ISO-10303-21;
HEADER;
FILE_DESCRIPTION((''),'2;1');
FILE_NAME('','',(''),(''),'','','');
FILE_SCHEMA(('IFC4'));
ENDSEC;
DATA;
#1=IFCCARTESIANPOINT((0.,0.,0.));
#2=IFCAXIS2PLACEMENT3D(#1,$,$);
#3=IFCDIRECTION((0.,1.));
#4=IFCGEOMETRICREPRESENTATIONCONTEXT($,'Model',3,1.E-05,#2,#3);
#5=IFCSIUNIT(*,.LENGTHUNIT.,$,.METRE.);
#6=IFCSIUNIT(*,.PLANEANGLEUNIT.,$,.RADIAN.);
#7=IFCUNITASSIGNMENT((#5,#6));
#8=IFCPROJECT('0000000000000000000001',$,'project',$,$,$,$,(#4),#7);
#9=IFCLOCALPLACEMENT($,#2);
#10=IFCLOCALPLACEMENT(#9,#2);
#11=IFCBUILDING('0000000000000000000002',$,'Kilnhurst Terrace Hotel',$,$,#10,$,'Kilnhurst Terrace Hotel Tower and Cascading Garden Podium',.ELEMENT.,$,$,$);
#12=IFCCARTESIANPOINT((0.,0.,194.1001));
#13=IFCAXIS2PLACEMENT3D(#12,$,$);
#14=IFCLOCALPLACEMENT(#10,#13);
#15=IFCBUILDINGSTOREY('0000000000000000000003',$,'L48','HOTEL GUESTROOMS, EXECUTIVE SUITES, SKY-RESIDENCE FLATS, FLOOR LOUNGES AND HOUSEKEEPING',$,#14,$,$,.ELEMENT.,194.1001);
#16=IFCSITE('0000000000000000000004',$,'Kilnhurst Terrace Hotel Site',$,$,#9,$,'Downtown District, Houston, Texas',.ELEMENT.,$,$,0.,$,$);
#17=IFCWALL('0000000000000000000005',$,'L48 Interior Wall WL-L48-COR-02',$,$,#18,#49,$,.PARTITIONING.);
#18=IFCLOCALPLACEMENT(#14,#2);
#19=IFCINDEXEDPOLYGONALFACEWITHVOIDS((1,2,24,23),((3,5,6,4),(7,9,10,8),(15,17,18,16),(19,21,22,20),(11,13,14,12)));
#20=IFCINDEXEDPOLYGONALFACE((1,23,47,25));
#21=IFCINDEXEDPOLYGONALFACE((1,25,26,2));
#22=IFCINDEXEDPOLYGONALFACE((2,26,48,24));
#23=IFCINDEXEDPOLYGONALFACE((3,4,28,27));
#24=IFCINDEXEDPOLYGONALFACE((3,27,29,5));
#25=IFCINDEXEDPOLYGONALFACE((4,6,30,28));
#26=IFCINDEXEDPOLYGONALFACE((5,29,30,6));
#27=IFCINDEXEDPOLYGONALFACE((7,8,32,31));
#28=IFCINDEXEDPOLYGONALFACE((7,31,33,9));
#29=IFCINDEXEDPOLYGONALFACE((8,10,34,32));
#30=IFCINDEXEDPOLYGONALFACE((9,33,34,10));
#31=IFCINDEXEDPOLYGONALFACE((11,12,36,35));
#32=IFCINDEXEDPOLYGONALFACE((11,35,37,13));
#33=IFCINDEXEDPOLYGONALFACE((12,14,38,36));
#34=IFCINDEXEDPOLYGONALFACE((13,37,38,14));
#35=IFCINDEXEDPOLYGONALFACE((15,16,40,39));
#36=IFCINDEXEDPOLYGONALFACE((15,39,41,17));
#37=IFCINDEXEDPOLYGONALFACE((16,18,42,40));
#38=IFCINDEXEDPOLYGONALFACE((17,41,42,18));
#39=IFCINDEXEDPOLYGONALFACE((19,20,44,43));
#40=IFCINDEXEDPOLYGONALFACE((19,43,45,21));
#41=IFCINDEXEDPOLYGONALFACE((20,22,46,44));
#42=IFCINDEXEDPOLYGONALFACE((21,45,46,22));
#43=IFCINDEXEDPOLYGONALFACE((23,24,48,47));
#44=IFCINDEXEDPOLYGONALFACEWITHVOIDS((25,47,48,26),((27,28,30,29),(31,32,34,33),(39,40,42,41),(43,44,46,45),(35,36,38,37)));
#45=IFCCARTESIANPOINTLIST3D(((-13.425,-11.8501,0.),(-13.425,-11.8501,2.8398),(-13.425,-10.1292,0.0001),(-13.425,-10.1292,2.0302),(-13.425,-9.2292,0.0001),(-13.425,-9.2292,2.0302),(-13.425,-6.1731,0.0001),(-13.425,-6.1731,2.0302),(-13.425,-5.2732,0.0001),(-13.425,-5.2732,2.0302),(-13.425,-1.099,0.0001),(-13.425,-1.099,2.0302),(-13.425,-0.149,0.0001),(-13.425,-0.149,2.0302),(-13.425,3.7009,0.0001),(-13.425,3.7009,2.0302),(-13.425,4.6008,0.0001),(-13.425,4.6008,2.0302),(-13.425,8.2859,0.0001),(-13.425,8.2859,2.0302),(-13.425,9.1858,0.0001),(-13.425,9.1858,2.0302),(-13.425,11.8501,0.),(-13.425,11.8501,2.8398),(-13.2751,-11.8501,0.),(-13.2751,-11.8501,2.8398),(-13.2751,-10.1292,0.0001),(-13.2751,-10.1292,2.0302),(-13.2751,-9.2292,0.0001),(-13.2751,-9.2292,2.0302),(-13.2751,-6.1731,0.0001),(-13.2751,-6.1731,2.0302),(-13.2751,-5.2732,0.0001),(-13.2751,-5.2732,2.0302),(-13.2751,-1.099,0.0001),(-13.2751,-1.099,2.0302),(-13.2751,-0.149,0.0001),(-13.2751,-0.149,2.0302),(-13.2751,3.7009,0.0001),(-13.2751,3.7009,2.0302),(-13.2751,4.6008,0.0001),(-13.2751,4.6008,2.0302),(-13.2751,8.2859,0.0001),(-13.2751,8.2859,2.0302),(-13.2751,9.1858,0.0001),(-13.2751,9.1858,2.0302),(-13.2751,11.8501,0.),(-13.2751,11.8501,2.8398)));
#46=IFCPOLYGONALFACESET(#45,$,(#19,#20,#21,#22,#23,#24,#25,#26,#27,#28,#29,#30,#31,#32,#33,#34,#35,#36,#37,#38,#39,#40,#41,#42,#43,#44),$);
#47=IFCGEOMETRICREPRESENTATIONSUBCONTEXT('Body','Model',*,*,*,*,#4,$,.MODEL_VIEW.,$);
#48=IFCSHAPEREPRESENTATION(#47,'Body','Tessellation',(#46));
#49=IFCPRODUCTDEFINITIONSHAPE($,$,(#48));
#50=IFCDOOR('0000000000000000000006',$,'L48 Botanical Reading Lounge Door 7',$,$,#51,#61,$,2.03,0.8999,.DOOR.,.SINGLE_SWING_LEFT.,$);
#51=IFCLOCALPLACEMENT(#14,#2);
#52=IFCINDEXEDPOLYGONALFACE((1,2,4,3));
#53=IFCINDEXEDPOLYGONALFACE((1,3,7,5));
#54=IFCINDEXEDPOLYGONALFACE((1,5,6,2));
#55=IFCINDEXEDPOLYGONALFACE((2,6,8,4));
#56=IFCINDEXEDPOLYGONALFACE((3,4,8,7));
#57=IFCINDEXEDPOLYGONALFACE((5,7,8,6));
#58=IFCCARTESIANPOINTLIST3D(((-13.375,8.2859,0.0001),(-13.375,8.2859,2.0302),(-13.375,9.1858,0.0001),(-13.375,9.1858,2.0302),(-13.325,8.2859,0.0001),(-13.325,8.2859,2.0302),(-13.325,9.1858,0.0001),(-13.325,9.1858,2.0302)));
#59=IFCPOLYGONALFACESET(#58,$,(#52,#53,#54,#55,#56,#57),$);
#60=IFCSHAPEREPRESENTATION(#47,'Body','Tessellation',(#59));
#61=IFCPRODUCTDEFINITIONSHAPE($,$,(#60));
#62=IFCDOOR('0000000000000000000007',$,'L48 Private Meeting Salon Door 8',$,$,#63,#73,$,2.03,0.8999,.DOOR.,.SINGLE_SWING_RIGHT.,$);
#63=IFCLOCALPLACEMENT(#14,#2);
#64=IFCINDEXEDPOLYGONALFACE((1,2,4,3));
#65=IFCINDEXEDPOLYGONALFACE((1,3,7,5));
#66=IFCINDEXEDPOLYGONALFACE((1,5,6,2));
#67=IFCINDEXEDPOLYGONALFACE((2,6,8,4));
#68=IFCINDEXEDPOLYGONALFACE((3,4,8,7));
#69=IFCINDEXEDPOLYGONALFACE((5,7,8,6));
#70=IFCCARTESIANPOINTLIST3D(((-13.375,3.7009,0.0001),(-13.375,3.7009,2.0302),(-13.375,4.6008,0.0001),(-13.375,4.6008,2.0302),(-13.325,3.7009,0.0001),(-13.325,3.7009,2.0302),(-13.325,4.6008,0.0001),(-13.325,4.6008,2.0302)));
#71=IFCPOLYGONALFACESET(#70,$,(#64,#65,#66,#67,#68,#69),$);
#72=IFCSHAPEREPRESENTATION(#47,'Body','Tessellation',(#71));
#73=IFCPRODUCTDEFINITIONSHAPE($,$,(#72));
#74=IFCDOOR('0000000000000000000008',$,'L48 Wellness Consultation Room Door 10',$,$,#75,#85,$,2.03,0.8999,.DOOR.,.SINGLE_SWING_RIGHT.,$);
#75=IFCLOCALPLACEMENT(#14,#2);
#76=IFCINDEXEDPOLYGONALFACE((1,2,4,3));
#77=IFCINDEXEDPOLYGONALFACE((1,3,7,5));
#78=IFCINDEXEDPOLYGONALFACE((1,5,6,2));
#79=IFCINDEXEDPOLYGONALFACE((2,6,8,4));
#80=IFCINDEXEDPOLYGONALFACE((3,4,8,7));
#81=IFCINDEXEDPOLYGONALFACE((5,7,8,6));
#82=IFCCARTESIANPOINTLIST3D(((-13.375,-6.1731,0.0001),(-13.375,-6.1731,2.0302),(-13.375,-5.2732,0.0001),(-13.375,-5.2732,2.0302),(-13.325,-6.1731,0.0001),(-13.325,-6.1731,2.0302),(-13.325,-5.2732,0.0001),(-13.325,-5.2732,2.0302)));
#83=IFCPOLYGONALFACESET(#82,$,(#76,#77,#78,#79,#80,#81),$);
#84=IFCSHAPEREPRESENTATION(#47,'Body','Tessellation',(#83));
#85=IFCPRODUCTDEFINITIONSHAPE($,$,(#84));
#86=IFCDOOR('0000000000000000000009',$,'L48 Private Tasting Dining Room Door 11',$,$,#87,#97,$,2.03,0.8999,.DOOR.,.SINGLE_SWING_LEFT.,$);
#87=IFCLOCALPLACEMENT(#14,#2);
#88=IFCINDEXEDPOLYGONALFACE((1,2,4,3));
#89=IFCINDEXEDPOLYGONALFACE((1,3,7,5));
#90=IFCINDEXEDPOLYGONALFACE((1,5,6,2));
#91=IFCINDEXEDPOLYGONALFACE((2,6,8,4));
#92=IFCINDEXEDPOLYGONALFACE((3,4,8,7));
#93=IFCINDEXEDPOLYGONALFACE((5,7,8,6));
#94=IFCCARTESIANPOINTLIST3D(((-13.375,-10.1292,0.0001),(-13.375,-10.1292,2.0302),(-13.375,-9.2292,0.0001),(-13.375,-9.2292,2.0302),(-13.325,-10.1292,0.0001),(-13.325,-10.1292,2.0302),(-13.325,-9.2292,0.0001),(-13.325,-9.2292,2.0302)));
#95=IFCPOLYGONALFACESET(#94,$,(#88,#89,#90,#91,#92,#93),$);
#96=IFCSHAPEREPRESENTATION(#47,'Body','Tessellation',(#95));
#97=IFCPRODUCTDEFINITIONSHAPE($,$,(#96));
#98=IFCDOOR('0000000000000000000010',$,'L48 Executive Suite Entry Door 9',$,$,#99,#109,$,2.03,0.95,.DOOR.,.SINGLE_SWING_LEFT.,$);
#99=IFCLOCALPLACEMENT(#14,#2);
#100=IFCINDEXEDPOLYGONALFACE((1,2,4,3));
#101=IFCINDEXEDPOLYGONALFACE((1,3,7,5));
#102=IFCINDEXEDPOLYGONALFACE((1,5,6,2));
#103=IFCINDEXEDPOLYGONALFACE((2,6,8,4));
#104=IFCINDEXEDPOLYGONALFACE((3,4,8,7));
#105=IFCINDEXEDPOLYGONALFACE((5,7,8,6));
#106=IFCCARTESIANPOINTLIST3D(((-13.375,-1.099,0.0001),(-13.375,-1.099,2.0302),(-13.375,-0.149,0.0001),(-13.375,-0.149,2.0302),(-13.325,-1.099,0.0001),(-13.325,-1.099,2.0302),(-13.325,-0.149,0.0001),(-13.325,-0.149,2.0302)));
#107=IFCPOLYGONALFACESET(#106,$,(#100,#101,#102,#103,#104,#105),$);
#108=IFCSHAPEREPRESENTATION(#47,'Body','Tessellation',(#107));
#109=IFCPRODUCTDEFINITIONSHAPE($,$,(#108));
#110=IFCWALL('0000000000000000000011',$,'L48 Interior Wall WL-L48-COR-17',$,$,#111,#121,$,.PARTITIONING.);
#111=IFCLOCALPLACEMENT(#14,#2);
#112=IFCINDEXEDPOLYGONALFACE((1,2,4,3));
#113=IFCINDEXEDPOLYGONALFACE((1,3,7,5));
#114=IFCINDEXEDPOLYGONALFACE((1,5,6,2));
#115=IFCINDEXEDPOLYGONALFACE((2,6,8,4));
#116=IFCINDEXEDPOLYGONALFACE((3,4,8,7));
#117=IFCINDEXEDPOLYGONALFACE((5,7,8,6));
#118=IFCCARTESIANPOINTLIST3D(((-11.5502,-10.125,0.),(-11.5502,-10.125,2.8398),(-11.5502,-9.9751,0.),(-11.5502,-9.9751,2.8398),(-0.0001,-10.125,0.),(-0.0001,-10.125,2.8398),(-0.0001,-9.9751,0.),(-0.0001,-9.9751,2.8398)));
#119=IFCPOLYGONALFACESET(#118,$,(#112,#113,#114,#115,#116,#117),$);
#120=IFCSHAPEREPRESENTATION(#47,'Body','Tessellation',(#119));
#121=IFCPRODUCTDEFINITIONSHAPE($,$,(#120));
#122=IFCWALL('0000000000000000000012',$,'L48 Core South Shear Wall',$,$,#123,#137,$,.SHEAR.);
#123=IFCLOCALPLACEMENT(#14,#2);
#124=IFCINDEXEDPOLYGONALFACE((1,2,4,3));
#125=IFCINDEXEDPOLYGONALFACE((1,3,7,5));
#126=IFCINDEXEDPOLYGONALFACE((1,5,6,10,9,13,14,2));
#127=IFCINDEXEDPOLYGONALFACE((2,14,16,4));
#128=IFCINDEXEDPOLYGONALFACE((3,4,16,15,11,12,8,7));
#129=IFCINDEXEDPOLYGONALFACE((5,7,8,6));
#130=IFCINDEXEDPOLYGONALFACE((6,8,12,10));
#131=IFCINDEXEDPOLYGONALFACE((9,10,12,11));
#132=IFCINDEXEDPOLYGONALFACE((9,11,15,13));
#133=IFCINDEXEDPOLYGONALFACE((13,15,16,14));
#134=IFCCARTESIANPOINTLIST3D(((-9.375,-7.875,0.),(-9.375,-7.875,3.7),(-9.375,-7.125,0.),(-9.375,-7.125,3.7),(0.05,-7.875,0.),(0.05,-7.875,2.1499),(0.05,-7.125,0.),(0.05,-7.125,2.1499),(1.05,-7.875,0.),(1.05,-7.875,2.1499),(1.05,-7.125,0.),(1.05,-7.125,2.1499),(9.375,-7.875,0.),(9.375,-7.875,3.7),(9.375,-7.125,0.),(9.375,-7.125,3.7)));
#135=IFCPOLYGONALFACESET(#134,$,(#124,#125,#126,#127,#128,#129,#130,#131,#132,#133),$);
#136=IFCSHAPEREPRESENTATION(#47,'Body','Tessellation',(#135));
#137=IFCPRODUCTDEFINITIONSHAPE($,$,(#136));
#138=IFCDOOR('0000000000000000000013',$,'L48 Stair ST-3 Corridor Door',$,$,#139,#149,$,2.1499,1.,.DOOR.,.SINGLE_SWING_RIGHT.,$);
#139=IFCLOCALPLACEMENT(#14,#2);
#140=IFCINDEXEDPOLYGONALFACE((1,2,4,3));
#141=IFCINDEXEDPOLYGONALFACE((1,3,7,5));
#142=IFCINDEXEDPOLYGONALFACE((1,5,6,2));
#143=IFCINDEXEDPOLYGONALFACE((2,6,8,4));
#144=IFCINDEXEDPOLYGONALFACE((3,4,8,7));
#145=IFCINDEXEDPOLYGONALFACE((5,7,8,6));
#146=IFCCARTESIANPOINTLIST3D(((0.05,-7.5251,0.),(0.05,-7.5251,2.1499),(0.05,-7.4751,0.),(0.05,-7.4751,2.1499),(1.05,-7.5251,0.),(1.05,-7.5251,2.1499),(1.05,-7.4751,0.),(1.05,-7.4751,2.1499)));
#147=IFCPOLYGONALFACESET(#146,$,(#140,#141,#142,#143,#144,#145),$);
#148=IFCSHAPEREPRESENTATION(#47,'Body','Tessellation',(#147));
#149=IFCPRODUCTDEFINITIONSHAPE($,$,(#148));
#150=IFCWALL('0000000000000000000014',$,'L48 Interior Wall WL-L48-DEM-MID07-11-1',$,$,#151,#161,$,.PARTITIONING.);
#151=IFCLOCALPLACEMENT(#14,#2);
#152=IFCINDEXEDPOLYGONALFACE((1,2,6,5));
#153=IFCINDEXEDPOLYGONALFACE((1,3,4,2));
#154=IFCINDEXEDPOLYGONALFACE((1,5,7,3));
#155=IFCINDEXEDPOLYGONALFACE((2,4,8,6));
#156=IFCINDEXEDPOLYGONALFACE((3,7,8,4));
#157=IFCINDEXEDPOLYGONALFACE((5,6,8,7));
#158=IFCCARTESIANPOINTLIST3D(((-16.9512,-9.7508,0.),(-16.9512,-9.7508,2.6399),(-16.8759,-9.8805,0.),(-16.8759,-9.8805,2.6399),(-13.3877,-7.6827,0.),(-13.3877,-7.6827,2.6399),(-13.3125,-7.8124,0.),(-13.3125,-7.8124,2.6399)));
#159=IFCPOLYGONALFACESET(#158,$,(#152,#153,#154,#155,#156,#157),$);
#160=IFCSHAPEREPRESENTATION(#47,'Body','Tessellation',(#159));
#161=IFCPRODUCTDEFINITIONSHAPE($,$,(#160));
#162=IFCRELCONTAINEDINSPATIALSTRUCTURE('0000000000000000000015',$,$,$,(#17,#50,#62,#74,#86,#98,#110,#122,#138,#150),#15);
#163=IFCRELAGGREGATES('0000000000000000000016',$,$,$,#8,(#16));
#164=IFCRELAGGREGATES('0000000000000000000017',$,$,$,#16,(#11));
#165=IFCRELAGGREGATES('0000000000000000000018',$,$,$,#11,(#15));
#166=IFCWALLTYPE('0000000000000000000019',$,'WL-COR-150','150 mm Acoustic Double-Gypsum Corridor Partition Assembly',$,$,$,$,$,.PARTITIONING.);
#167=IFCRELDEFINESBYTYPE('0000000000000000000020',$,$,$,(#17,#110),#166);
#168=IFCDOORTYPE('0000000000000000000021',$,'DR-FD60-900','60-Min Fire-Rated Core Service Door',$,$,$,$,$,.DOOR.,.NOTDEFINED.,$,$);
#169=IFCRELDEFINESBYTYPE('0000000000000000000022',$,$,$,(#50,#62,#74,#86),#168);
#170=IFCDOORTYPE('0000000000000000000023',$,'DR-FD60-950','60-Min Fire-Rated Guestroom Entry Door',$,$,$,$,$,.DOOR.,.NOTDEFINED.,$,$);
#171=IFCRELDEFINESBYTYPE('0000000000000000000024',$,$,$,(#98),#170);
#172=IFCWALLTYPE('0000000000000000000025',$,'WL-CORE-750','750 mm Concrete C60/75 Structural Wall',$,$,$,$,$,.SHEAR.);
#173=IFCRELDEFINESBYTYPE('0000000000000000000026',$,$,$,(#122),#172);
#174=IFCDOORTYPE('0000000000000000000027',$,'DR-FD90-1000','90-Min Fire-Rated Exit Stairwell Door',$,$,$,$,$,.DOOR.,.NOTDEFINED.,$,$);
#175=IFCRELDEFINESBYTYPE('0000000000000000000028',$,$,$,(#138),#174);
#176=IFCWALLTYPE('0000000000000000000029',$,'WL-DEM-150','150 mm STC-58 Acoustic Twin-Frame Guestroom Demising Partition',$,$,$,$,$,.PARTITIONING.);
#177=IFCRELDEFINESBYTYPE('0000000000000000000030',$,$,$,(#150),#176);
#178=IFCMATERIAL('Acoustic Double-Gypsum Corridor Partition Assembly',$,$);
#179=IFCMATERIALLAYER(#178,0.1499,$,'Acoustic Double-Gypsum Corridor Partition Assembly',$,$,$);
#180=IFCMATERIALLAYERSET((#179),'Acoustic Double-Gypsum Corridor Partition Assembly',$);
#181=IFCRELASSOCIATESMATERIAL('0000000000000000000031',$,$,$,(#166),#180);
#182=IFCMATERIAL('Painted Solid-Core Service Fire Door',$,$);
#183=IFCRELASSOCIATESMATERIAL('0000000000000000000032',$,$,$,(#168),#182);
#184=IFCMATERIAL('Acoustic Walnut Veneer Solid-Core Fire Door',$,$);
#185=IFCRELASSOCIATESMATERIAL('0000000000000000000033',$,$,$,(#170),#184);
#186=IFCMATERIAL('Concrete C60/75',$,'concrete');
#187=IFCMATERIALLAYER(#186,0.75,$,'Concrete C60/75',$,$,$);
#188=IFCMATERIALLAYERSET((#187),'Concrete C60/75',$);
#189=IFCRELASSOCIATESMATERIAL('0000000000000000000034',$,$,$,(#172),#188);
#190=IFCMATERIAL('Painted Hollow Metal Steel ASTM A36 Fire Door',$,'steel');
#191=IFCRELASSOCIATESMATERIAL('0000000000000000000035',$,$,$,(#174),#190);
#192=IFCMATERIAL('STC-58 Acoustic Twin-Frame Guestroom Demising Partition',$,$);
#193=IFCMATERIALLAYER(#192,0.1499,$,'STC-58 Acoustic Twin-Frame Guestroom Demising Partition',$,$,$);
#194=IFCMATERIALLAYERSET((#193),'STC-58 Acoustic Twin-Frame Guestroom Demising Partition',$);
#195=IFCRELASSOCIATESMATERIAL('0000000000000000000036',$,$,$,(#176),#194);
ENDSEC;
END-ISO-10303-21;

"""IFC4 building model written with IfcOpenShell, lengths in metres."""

from ifc_helpers import new_model, si_unit, direction, frame, frame_2d, origin, place, context, subcontext, project, spatial, rectangle, extrude, material, layer, layer_set, type_object, element, fill, save


model = new_model("IFC4")

# Units and contexts
model_context = context("Model", 3, precision=1e-05, world=origin(), true_north=direction((0.0, 1.0)))
body_context = subcontext(model_context, "Body", "Model", "MODEL_VIEW")
ifc_project = project(units=[si_unit("LENGTHUNIT", "METRE"), si_unit("PLANEANGLEUNIT", "RADIAN")], contexts=[model_context])

# Site, building, storey
site_placement = place(None, origin())
site = spatial("IfcSite", under=ifc_project, at=site_placement, Name="Kilnhurst Terrace Hotel Site", LongName="Downtown District, Houston, Texas", CompositionType="ELEMENT", RefElevation=0.0)
building_placement = place(site_placement, origin())
building = spatial("IfcBuilding", under=site, at=building_placement, Name="Kilnhurst Terrace Hotel", LongName="Kilnhurst Terrace Hotel Tower and Cascading Garden Podium", CompositionType="ELEMENT")
storey_placement = place(building_placement, frame((0.0, 0.0, 194.1001)))
storey = spatial("IfcBuildingStorey", under=building, at=storey_placement, Name="L48", Description="HOTEL GUESTROOMS, EXECUTIVE SUITES, SKY-RESIDENCE FLATS, FLOOR LOUNGES AND HOUSEKEEPING", CompositionType="ELEMENT", Elevation=194.1001)

# Wall, openings, doors
ifc_material_1 = material(Name="Acoustic Double-Gypsum Corridor Partition Assembly")
ifc_layer_1 = layer(ifc_material_1, 0.1499, Name="Acoustic Double-Gypsum Corridor Partition Assembly")
ifc_layer_set_1 = layer_set([ifc_layer_1], Name="Acoustic Double-Gypsum Corridor Partition Assembly")
wall_type_1 = type_object("IfcWallType", Name="WL-COR-150", Description="150 mm Acoustic Double-Gypsum Corridor Partition Assembly", PredefinedType="PARTITIONING", material=ifc_layer_set_1)
wall_1_placement = place(storey_placement, frame((-13.3501, -11.8501, 0.0), z_axis=(0.0, 0.0, 1.0), x_axis=(0.0, 1.0, 0.0)))
wall_1 = element("IfcWall", 1, at=wall_1_placement, inside=storey, type_object=wall_type_1, Name="L48 Interior Wall WL-L48-COR-02", PredefinedType="PARTITIONING", context=body_context, shape_type="SweptSolid", body=[
    extrude(rectangle(XDim=23.7002, YDim=0.1499, at=frame_2d((11.8501, 0.0))), origin(), (0.0, 0.0, 1.0), 2.8398),
])
opening_1_placement = place(wall_1_placement, frame((20.136, 0.0, 0.0)))
opening_1 = element("IfcOpeningElement", 2, at=opening_1_placement, cuts=wall_1, PredefinedType="OPENING", context=body_context, shape_type="SweptSolid", body=[
    extrude(rectangle(XDim=0.8999, YDim=2.03, at=frame_2d((0.45, 1.0151))), frame((0.0, 0.085, 0.0), z_axis=(0.0, -1.0, 0.0), x_axis=(1.0, 0.0, 0.0)), (0.0, 0.0, 1.0), 0.1699),
])
opening_2_placement = place(wall_1_placement, frame((15.551, 0.0, 0.0)))
opening_2 = element("IfcOpeningElement", 3, at=opening_2_placement, cuts=wall_1, PredefinedType="OPENING", context=body_context, shape_type="SweptSolid", body=[
    extrude(rectangle(XDim=0.8999, YDim=2.03, at=frame_2d((0.45, 1.0151))), frame((0.0, 0.085, 0.0), z_axis=(0.0, -1.0, 0.0), x_axis=(1.0, 0.0, 0.0)), (0.0, 0.0, 1.0), 0.1699),
])
opening_3_placement = place(wall_1_placement, frame((10.751, 0.0, 0.0)))
opening_3 = element("IfcOpeningElement", 4, at=opening_3_placement, cuts=wall_1, PredefinedType="OPENING", context=body_context, shape_type="SweptSolid", body=[
    extrude(rectangle(XDim=0.95, YDim=2.03, at=frame_2d((0.4751, 1.0151))), frame((0.0, 0.085, 0.0), z_axis=(0.0, -1.0, 0.0), x_axis=(1.0, 0.0, 0.0)), (0.0, 0.0, 1.0), 0.1699),
])
opening_4_placement = place(wall_1_placement, frame((5.677, 0.0, 0.0)))
opening_4 = element("IfcOpeningElement", 5, at=opening_4_placement, cuts=wall_1, PredefinedType="OPENING", context=body_context, shape_type="SweptSolid", body=[
    extrude(rectangle(XDim=0.8999, YDim=2.03, at=frame_2d((0.45, 1.0151))), frame((0.0, 0.085, 0.0), z_axis=(0.0, -1.0, 0.0), x_axis=(1.0, 0.0, 0.0)), (0.0, 0.0, 1.0), 0.1699),
])
opening_5_placement = place(wall_1_placement, frame((1.7209, 0.0, 0.0)))
opening_5 = element("IfcOpeningElement", 6, at=opening_5_placement, cuts=wall_1, PredefinedType="OPENING", context=body_context, shape_type="SweptSolid", body=[
    extrude(rectangle(XDim=0.8999, YDim=2.03, at=frame_2d((0.45, 1.0151))), frame((0.0, 0.085, 0.0), z_axis=(0.0, -1.0, 0.0), x_axis=(1.0, 0.0, 0.0)), (0.0, 0.0, 1.0), 0.1699),
])
ifc_material_2 = material(Name="Painted Solid-Core Service Fire Door")
door_type_1 = type_object("IfcDoorType", Name="DR-FD60-900", Description="60-Min Fire-Rated Core Service Door", OperationType="NOTDEFINED", PredefinedType="DOOR", material=ifc_material_2)
door_1_placement = place(opening_1_placement, origin())
door_1 = element("IfcDoor", 7, at=door_1_placement, inside=storey, type_object=door_type_1, Name="L48 Botanical Reading Lounge Door 7", OperationType="SINGLE_SWING_LEFT", OverallHeight=2.03, OverallWidth=0.8999, PredefinedType="DOOR", context=body_context, shape_type="SweptSolid", body=[
    extrude(rectangle(XDim=0.8999, YDim=2.03, at=frame_2d((0.45, 1.0151))), frame((0.0, 0.0249, 0.0), z_axis=(0.0, -1.0, 0.0), x_axis=(1.0, 0.0, 0.0)), (0.0, 0.0, 1.0), 0.05),
])
fill(opening_1, door_1)
door_2_placement = place(opening_2_placement, origin())
door_2 = element("IfcDoor", 8, at=door_2_placement, inside=storey, type_object=door_type_1, Name="L48 Private Meeting Salon Door 8", OperationType="SINGLE_SWING_RIGHT", OverallHeight=2.03, OverallWidth=0.8999, PredefinedType="DOOR", context=body_context, shape_type="SweptSolid", body=[
    extrude(rectangle(XDim=0.8999, YDim=2.03, at=frame_2d((0.45, 1.0151))), frame((0.0, 0.0249, 0.0), z_axis=(0.0, -1.0, 0.0), x_axis=(1.0, 0.0, 0.0)), (0.0, 0.0, 1.0), 0.05),
])
fill(opening_2, door_2)
door_3_placement = place(opening_4_placement, origin())
door_3 = element("IfcDoor", 9, at=door_3_placement, inside=storey, type_object=door_type_1, Name="L48 Wellness Consultation Room Door 10", OperationType="SINGLE_SWING_RIGHT", OverallHeight=2.03, OverallWidth=0.8999, PredefinedType="DOOR", context=body_context, shape_type="SweptSolid", body=[
    extrude(rectangle(XDim=0.8999, YDim=2.03, at=frame_2d((0.45, 1.0151))), frame((0.0, 0.0249, 0.0), z_axis=(0.0, -1.0, 0.0), x_axis=(1.0, 0.0, 0.0)), (0.0, 0.0, 1.0), 0.05),
])
fill(opening_4, door_3)
door_4_placement = place(opening_5_placement, origin())
door_4 = element("IfcDoor", 10, at=door_4_placement, inside=storey, type_object=door_type_1, Name="L48 Private Tasting Dining Room Door 11", OperationType="SINGLE_SWING_LEFT", OverallHeight=2.03, OverallWidth=0.8999, PredefinedType="DOOR", context=body_context, shape_type="SweptSolid", body=[
    extrude(rectangle(XDim=0.8999, YDim=2.03, at=frame_2d((0.45, 1.0151))), frame((0.0, 0.0249, 0.0), z_axis=(0.0, -1.0, 0.0), x_axis=(1.0, 0.0, 0.0)), (0.0, 0.0, 1.0), 0.05),
])
fill(opening_5, door_4)
ifc_material_3 = material(Name="Acoustic Walnut Veneer Solid-Core Fire Door")
door_type_2 = type_object("IfcDoorType", Name="DR-FD60-950", Description="60-Min Fire-Rated Guestroom Entry Door", OperationType="NOTDEFINED", PredefinedType="DOOR", material=ifc_material_3)
door_5_placement = place(opening_3_placement, origin())
door_5 = element("IfcDoor", 11, at=door_5_placement, inside=storey, type_object=door_type_2, Name="L48 Executive Suite Entry Door 9", OperationType="SINGLE_SWING_LEFT", OverallHeight=2.03, OverallWidth=0.95, PredefinedType="DOOR", context=body_context, shape_type="SweptSolid", body=[
    extrude(rectangle(XDim=0.95, YDim=2.03, at=frame_2d((0.4751, 1.0151))), frame((0.0, 0.0249, 0.0), z_axis=(0.0, -1.0, 0.0), x_axis=(1.0, 0.0, 0.0)), (0.0, 0.0, 1.0), 0.05),
])
fill(opening_3, door_5)

# Wall
wall_2_placement = place(storey_placement, frame((-11.55, -10.05, 0.0), z_axis=(0.0, 0.0, 1.0), x_axis=(1.0, 0.0, 0.0)))
element("IfcWall", 12, at=wall_2_placement, inside=storey, type_object=wall_type_1, Name="L48 Interior Wall WL-L48-COR-17", PredefinedType="PARTITIONING", context=body_context, shape_type="SweptSolid", body=[
    extrude(rectangle(XDim=11.55, YDim=0.1499, at=frame_2d((5.7749, 0.0))), origin(), (0.0, 0.0, 1.0), 2.8398),
])

# Wall, opening, door
ifc_material_4 = material(Name="Concrete C60/75", Category="concrete")
ifc_layer_2 = layer(ifc_material_4, 0.75, Name="Concrete C60/75")
ifc_layer_set_2 = layer_set([ifc_layer_2], Name="Concrete C60/75")
wall_type_2 = type_object("IfcWallType", Name="WL-CORE-750", Description="750 mm Concrete C60/75 Structural Wall", PredefinedType="SHEAR", material=ifc_layer_set_2)
wall_3_placement = place(storey_placement, frame((-9.375, -7.5, 0.0), z_axis=(0.0, 0.0, 1.0), x_axis=(1.0, 0.0, 0.0)))
wall_3 = element("IfcWall", 13, at=wall_3_placement, inside=storey, type_object=wall_type_2, Name="L48 Core South Shear Wall", PredefinedType="SHEAR", context=body_context, shape_type="SweptSolid", body=[
    extrude(rectangle(XDim=18.75, YDim=0.75, at=frame_2d((9.375, 0.0))), origin(), (0.0, 0.0, 1.0), 3.7),
])
opening_6_placement = place(wall_3_placement, frame((9.425, 0.0, 0.0)))
opening_6 = element("IfcOpeningElement", 14, at=opening_6_placement, cuts=wall_3, PredefinedType="OPENING", context=body_context, shape_type="SweptSolid", body=[
    extrude(rectangle(XDim=1.0, YDim=2.1499, at=frame_2d((0.5, 1.075))), frame((0.0, 0.385, 0.0), z_axis=(0.0, -1.0, 0.0), x_axis=(1.0, 0.0, 0.0)), (0.0, 0.0, 1.0), 0.77),
])
ifc_material_5 = material(Name="Painted Hollow Metal Steel ASTM A36 Fire Door", Category="steel")
door_type_3 = type_object("IfcDoorType", Name="DR-FD90-1000", Description="90-Min Fire-Rated Exit Stairwell Door", OperationType="NOTDEFINED", PredefinedType="DOOR", material=ifc_material_5)
door_6_placement = place(opening_6_placement, origin())
door_6 = element("IfcDoor", 15, at=door_6_placement, inside=storey, type_object=door_type_3, Name="L48 Stair ST-3 Corridor Door", OperationType="SINGLE_SWING_RIGHT", OverallHeight=2.1499, OverallWidth=1.0, PredefinedType="DOOR", context=body_context, shape_type="SweptSolid", body=[
    extrude(rectangle(XDim=1.0, YDim=2.1499, at=frame_2d((0.5, 1.075))), frame((0.0, 0.0249, 0.0), z_axis=(0.0, -1.0, 0.0), x_axis=(1.0, 0.0, 0.0)), (0.0, 0.0, 1.0), 0.05),
])
fill(opening_6, door_6)

# Wall
ifc_material_6 = material(Name="STC-58 Acoustic Twin-Frame Guestroom Demising Partition")
ifc_layer_3 = layer(ifc_material_6, 0.1499, Name="STC-58 Acoustic Twin-Frame Guestroom Demising Partition")
ifc_layer_set_3 = layer_set([ifc_layer_3], Name="STC-58 Acoustic Twin-Frame Guestroom Demising Partition")
wall_type_3 = type_object("IfcWallType", Name="WL-DEM-150", Description="150 mm STC-58 Acoustic Twin-Frame Guestroom Demising Partition", PredefinedType="PARTITIONING", material=ifc_layer_set_3)
wall_4_placement = place(storey_placement, frame((-13.3501, -7.7476, 0.0), z_axis=(0.0, 0.0, 1.0), x_axis=(-0.864894, -0.501954, 0.0)))
element("IfcWall", 16, at=wall_4_placement, inside=storey, type_object=wall_type_3, Name="L48 Interior Wall WL-L48-DEM-MID07-11-1", PredefinedType="PARTITIONING", context=body_context, shape_type="SweptSolid", body=[
    extrude(rectangle(XDim=4.1201, YDim=0.1499, at=frame_2d((2.0601, 0.0))), origin(), (0.0, 0.0, 1.0), 2.6399),
])

save(model, "model.ifc")
